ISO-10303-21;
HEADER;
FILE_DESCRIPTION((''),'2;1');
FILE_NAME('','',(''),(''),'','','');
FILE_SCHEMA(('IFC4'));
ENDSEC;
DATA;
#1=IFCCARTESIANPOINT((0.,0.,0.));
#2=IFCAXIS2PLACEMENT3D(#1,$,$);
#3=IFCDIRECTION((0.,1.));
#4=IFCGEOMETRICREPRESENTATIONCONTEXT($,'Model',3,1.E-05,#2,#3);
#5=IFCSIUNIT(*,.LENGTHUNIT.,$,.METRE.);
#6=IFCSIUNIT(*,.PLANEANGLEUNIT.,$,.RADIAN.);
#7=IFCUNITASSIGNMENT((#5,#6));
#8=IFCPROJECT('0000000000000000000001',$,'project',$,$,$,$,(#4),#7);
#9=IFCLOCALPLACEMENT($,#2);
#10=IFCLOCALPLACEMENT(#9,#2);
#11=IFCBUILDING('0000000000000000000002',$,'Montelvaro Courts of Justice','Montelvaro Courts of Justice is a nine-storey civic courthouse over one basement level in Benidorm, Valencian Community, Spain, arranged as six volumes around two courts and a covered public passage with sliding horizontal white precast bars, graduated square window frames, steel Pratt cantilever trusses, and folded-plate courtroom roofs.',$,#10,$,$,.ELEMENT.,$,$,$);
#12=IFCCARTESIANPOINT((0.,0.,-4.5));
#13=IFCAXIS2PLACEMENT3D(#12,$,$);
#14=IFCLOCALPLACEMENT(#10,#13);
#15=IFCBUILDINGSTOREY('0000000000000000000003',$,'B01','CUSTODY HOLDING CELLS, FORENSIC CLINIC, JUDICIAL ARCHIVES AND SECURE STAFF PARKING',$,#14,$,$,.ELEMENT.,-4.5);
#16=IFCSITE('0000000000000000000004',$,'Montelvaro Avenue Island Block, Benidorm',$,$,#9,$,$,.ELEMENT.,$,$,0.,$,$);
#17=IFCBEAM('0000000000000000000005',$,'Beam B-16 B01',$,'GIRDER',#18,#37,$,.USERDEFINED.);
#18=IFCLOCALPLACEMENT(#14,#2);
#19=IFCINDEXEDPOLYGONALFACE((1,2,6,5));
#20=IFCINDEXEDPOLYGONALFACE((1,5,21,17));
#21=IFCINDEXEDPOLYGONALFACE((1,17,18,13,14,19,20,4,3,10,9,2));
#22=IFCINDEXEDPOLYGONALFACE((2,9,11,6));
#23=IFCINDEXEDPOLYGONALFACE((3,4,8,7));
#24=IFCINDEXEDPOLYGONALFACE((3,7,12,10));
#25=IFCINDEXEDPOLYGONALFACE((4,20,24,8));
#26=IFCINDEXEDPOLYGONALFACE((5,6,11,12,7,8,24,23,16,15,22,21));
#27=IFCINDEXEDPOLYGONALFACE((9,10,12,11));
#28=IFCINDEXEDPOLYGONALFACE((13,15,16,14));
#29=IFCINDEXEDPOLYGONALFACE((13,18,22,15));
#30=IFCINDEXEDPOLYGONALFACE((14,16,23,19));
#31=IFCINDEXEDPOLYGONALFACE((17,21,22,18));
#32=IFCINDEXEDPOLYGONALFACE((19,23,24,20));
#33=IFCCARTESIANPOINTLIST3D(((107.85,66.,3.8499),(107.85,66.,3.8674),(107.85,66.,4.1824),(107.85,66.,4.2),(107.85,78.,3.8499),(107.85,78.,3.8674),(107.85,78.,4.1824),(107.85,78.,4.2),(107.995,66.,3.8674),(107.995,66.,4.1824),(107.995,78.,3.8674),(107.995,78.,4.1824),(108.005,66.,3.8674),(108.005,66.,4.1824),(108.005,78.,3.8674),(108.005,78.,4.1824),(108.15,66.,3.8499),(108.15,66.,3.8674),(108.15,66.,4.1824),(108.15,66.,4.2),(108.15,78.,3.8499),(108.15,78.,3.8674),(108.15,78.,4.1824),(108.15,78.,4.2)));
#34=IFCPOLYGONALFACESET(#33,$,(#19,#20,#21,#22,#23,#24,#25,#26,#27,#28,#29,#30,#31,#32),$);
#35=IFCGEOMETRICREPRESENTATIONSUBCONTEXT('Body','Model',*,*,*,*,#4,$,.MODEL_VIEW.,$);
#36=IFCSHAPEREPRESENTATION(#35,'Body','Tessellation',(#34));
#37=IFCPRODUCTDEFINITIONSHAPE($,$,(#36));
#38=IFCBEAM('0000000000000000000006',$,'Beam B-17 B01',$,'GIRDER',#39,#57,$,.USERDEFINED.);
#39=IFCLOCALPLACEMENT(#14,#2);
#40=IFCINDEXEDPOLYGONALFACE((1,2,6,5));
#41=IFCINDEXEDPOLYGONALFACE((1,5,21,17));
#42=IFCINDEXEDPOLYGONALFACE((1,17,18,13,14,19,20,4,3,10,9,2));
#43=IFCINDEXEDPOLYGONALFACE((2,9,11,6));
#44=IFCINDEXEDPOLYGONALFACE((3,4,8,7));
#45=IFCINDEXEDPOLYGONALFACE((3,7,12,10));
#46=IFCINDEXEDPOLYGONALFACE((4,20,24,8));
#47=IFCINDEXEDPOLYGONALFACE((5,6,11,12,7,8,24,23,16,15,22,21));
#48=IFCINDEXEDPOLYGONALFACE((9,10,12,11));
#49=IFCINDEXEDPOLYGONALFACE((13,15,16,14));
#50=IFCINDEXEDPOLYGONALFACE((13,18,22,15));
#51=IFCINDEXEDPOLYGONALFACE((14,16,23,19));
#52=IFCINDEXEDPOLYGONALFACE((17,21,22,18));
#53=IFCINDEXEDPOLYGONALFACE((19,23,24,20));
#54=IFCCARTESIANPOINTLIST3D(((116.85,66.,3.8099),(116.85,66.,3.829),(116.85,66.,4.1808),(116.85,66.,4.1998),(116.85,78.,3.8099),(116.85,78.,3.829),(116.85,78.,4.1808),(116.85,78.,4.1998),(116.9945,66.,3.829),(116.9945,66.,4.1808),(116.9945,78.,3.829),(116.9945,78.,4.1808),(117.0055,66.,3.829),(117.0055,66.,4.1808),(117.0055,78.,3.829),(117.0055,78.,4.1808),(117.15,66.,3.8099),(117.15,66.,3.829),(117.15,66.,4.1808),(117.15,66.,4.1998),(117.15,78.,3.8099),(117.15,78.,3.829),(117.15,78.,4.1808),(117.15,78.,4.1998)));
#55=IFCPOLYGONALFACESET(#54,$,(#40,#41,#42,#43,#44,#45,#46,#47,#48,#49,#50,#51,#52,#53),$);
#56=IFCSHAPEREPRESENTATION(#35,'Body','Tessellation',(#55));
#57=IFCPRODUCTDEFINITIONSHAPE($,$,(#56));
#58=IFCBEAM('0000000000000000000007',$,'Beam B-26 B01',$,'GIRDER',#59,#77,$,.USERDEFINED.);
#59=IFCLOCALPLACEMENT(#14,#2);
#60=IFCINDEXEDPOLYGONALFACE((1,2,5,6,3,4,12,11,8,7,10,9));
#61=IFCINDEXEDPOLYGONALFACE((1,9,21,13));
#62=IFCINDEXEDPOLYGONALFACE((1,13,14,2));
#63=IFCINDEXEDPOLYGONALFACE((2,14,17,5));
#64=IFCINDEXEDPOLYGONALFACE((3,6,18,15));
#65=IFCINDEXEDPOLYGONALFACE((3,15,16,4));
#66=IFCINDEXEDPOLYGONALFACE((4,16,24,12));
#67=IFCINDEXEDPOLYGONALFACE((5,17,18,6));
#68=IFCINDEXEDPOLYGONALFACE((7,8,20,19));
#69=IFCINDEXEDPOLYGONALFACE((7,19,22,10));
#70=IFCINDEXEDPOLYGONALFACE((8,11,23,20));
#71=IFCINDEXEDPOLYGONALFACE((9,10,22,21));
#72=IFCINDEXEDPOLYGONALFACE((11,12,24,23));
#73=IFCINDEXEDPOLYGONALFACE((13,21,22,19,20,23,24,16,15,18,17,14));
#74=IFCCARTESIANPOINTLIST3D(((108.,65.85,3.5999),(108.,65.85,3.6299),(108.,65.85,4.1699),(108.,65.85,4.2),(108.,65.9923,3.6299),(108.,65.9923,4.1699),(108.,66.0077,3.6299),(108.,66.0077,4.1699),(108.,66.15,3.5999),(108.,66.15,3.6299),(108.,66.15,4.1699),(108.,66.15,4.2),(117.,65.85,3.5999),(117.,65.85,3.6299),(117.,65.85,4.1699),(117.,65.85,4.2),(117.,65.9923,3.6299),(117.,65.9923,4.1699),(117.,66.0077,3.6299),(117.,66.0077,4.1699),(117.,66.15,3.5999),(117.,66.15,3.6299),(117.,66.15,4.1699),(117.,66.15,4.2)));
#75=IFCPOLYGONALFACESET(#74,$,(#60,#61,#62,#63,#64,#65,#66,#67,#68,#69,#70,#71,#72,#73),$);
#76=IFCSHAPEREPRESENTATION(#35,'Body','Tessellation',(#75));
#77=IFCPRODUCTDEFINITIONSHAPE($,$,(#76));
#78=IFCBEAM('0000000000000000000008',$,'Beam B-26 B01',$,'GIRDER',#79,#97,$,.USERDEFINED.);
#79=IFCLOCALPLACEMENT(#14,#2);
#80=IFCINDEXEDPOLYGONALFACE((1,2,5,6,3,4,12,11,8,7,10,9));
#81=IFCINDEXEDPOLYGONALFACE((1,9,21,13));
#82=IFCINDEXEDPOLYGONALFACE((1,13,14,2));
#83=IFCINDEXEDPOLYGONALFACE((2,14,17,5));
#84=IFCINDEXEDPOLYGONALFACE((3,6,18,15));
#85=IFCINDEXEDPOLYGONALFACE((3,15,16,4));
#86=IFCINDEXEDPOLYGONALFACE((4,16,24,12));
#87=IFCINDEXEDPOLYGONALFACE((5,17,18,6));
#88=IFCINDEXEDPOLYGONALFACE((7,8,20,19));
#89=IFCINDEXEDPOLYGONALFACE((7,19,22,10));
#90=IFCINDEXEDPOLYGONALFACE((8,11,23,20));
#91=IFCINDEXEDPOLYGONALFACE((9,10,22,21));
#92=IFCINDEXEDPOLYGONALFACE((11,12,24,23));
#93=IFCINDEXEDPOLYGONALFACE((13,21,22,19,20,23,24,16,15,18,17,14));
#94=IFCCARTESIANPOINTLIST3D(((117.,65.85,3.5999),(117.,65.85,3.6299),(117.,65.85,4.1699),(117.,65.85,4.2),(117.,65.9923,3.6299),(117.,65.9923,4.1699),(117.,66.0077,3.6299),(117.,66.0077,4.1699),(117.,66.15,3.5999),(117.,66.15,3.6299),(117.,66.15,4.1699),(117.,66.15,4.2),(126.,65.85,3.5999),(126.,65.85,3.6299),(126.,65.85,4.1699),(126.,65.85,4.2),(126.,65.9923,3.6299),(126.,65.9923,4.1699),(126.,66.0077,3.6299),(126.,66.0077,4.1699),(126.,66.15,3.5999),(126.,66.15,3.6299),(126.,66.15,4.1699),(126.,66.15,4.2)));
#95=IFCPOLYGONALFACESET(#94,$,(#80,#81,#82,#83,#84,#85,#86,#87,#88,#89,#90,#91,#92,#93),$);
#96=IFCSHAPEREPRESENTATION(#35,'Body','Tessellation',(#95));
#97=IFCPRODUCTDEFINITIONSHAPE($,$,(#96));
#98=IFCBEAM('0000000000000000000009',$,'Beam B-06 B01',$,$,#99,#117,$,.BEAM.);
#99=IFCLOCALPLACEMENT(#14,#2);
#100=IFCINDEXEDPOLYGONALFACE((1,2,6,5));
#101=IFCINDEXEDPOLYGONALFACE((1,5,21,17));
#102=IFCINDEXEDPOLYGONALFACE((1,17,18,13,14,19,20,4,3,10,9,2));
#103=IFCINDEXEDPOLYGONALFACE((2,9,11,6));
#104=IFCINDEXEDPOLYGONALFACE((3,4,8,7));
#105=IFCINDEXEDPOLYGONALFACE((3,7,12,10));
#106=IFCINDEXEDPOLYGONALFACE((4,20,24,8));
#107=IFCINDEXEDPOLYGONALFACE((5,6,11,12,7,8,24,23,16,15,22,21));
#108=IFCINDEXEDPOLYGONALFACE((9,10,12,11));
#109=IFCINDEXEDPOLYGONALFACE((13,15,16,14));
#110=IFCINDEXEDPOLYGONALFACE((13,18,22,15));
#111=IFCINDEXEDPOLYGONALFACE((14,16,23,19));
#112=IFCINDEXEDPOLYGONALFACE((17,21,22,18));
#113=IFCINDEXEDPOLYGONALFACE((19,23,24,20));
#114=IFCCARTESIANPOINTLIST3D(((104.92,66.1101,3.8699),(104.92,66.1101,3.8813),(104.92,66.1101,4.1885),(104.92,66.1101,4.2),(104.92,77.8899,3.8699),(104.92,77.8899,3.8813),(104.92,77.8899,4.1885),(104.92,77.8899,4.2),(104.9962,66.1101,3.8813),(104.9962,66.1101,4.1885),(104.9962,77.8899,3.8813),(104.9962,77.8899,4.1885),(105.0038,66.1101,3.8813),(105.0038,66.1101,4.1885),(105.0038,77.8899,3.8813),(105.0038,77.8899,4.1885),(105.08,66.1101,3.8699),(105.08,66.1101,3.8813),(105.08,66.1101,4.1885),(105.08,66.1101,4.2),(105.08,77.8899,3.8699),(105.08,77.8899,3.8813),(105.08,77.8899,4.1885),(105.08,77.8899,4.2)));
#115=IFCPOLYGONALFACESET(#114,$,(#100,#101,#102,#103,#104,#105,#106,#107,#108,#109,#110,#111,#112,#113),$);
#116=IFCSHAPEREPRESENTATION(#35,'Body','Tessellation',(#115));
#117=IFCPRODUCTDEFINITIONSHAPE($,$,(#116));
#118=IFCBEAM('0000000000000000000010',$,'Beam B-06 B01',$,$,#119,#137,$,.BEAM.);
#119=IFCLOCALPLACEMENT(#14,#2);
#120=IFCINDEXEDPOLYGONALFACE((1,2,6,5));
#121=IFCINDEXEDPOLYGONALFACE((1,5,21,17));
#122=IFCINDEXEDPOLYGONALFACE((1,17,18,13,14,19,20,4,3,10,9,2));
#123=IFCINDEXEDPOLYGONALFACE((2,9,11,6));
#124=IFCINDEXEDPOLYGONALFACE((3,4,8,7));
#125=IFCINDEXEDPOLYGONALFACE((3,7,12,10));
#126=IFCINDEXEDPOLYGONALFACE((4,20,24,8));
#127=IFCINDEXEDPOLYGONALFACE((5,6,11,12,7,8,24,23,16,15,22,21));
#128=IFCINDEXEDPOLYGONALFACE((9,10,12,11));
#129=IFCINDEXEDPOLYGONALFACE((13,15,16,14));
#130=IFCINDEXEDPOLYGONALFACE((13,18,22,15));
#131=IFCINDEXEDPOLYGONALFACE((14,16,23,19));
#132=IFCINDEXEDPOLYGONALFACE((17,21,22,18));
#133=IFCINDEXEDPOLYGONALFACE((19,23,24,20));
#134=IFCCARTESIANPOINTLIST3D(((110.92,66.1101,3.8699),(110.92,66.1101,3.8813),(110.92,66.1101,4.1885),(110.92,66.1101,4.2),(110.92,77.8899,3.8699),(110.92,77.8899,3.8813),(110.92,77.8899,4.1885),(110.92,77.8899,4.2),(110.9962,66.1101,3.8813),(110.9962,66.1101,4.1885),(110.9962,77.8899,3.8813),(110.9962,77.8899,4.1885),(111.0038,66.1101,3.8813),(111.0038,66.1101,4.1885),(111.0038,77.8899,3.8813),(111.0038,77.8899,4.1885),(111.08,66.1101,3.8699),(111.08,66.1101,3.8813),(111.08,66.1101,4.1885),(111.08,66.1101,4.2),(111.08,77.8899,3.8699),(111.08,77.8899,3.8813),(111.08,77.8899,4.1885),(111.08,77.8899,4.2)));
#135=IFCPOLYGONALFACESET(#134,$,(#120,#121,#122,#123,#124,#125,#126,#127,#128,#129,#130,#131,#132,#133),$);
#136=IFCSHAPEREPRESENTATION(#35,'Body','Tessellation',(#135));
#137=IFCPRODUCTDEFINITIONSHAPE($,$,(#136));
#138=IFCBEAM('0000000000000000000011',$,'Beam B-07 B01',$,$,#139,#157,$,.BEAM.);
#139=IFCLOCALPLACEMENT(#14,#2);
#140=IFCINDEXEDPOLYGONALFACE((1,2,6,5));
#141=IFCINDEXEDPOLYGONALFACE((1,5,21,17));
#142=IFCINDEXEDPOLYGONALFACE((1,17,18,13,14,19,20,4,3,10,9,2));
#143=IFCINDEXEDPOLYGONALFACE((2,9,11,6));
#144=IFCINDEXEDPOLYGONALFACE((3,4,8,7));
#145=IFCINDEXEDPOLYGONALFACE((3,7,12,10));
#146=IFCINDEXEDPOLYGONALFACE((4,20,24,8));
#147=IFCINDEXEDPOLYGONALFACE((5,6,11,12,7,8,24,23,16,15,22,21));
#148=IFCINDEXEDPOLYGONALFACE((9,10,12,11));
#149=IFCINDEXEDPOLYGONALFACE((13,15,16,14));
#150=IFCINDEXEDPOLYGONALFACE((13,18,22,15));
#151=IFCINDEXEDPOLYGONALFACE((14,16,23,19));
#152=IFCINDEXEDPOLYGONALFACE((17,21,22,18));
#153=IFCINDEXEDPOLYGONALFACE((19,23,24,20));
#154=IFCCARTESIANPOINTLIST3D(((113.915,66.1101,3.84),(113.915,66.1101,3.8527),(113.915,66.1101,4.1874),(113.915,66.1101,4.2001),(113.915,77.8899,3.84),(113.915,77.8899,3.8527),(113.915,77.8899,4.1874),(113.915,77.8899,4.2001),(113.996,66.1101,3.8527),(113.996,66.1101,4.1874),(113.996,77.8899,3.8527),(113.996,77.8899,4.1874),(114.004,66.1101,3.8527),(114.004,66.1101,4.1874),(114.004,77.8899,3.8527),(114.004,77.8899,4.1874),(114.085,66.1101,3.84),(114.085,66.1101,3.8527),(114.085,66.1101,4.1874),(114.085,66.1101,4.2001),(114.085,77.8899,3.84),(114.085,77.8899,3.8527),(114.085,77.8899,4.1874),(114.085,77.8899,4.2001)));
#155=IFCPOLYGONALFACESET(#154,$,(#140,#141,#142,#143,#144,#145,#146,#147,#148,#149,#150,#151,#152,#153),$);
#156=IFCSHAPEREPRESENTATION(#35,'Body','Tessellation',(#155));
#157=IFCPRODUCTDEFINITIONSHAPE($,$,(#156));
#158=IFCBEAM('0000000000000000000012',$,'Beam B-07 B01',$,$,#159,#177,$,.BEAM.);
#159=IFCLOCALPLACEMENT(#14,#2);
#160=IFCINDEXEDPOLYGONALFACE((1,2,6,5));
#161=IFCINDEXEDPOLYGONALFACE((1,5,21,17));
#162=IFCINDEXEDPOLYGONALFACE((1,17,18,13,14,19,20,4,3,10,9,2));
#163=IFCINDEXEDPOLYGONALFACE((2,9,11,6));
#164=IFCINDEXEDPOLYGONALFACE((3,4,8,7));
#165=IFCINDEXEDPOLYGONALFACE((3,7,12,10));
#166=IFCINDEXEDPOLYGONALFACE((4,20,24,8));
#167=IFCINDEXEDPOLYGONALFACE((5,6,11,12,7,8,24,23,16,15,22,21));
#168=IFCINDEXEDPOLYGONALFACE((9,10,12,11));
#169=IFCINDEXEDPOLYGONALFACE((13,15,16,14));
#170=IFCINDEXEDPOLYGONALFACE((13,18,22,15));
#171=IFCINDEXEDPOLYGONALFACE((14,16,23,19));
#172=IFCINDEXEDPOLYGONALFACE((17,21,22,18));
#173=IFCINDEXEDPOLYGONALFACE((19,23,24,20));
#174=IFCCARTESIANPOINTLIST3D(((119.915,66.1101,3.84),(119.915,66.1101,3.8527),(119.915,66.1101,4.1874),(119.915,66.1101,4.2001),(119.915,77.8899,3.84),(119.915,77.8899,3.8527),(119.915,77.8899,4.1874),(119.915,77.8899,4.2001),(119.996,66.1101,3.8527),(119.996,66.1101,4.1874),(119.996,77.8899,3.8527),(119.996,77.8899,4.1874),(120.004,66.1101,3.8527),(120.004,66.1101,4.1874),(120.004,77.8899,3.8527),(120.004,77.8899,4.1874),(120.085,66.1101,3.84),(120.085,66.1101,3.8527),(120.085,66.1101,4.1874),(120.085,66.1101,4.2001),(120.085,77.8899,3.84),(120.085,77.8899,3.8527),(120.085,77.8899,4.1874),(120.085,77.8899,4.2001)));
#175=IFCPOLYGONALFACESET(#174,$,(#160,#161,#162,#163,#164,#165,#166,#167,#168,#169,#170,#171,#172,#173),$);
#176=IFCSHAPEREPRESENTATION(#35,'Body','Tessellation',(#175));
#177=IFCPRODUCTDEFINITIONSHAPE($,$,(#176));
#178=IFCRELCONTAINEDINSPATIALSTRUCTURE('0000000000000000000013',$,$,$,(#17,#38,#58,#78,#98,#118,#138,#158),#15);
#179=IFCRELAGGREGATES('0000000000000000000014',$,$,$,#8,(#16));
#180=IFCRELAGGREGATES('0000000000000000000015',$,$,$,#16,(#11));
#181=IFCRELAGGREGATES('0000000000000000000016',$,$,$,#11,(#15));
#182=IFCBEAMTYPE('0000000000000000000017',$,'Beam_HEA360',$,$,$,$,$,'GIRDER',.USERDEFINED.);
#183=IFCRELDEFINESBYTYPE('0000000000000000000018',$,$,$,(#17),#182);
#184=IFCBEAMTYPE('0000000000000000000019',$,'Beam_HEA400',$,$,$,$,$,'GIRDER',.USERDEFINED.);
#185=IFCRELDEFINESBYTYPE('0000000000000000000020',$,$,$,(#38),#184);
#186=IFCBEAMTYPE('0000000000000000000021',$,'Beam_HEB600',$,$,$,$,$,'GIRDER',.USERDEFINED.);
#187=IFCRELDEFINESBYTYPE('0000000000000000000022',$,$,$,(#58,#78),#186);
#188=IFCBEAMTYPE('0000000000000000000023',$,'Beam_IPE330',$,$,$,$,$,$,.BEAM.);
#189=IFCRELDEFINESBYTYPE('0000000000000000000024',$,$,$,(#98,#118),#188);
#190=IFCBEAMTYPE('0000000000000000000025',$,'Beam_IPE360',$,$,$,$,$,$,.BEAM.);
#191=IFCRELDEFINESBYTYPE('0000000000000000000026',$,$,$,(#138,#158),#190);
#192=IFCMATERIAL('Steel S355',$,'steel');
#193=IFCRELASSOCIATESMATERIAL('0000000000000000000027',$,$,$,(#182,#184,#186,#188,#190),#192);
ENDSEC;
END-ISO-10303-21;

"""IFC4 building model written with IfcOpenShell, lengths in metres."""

from ifc_helpers import new_model, si_unit, direction, frame, origin, origin_2d, place, context, subcontext, project, spatial, i_section, extrude, material, material_profile, profile_set, type_object, element, save


model = new_model("IFC4")

# Units and contexts
model_context = context("Model", 3, precision=1e-05, world=origin(), true_north=direction((0.0, 1.0)))
body_context = subcontext(model_context, "Body", "Model", "MODEL_VIEW")
ifc_project = project(units=[si_unit("LENGTHUNIT", "METRE"), si_unit("PLANEANGLEUNIT", "RADIAN")], contexts=[model_context])

# Site, building, storey
site_placement = place(None, origin())
site = spatial("IfcSite", under=ifc_project, at=site_placement, Name="Montelvaro Avenue Island Block, Benidorm", CompositionType="ELEMENT", RefElevation=0.0)
building_placement = place(site_placement, origin())
building = spatial("IfcBuilding", under=site, at=building_placement, Name="Montelvaro Courts of Justice", Description="Montelvaro Courts of Justice is a nine-storey civic courthouse over one basement level in Benidorm, Valencian Community, Spain, arranged as six volumes around two courts and a covered public passage with sliding horizontal white precast bars, graduated square window frames, steel Pratt cantilever trusses, and folded-plate courtroom roofs.", CompositionType="ELEMENT")
storey_placement = place(building_placement, frame((0.0, 0.0, -4.5)))
storey = spatial("IfcBuildingStorey", under=building, at=storey_placement, Name="B01", Description="CUSTODY HOLDING CELLS, FORENSIC CLINIC, JUDICIAL ARCHIVES AND SECURE STAFF PARKING", CompositionType="ELEMENT", Elevation=-4.5)

# Beams
ifc_material_1 = material(Name="Steel S355", Category="steel")
ifc_material_profile_1 = material_profile(ifc_material_1, i_section(OverallWidth=0.3, OverallDepth=0.3501, WebThickness=0.01, FlangeThickness=0.0176, at=origin_2d()), Name="HEA 360")
ifc_profile_set_1 = profile_set([ifc_material_profile_1], Name="Steel S355")
beam_type_1 = type_object("IfcBeamType", Name="Beam_HEA360", ElementType="GIRDER", PredefinedType="USERDEFINED", material=ifc_profile_set_1)
beam_1_placement = place(storey_placement, frame((108.0, 66.0, 4.0249), z_axis=(0.0, 1.0, 0.0), x_axis=(-1.0, 0.0, 0.0)))
element("IfcBeam", 1, at=beam_1_placement, inside=storey, type_object=beam_type_1, Name="Beam B-16 B01", ObjectType="GIRDER", PredefinedType="USERDEFINED", context=body_context, shape_type="SweptSolid", body=[
    extrude(i_section(OverallWidth=0.3, OverallDepth=0.3501, WebThickness=0.01, FlangeThickness=0.0176, at=origin_2d()), origin(), (0.0, 0.0, 1.0), 12.0),
])
ifc_material_profile_2 = material_profile(ifc_material_1, i_section(OverallWidth=0.3, OverallDepth=0.3899, WebThickness=0.011, FlangeThickness=0.019, at=origin_2d()), Name="HEA 400")
ifc_profile_set_2 = profile_set([ifc_material_profile_2], Name="Steel S355")
beam_type_2 = type_object("IfcBeamType", Name="Beam_HEA400", ElementType="GIRDER", PredefinedType="USERDEFINED", material=ifc_profile_set_2)
beam_2_placement = place(storey_placement, frame((117.0, 66.0, 4.0049), z_axis=(0.0, 1.0, 0.0), x_axis=(-1.0, 0.0, 0.0)))
element("IfcBeam", 2, at=beam_2_placement, inside=storey, type_object=beam_type_2, Name="Beam B-17 B01", ObjectType="GIRDER", PredefinedType="USERDEFINED", context=body_context, shape_type="SweptSolid", body=[
    extrude(i_section(OverallWidth=0.3, OverallDepth=0.3899, WebThickness=0.011, FlangeThickness=0.019, at=origin_2d()), origin(), (0.0, 0.0, 1.0), 12.0),
])
ifc_material_profile_3 = material_profile(ifc_material_1, i_section(OverallWidth=0.3, OverallDepth=0.6001, WebThickness=0.0154, FlangeThickness=0.03, at=origin_2d()), Name="HEB 600")
ifc_profile_set_3 = profile_set([ifc_material_profile_3], Name="Steel S355")
beam_type_3 = type_object("IfcBeamType", Name="Beam_HEB600", ElementType="GIRDER", PredefinedType="USERDEFINED", material=ifc_profile_set_3)
for number, where, z_axis, x_axis, name in (
    (3, (108.0, 66.0, 3.8999), (1.0, 0.0, 0.0), (0.0, 1.0, 0.0), "Beam B-26 B01"),
    (4, (117.0, 66.0, 3.8999), (1.0, 0.0, 0.0), (0.0, 1.0, 0.0), "Beam B-26 B01"),
):
    element("IfcBeam", number, at=place(storey_placement, frame(where, z_axis=z_axis, x_axis=x_axis)), inside=storey, type_object=beam_type_3, Name=name, ObjectType="GIRDER", PredefinedType="USERDEFINED", context=body_context, shape_type="SweptSolid", body=[
        extrude(i_section(OverallWidth=0.3, OverallDepth=0.6001, WebThickness=0.0154, FlangeThickness=0.03, at=origin_2d()), origin(), (0.0, 0.0, 1.0), 9.0),
    ])
ifc_material_profile_4 = material_profile(ifc_material_1, i_section(OverallWidth=0.1599, OverallDepth=0.3301, WebThickness=0.0076, FlangeThickness=0.0115, at=origin_2d()), Name="IPE 330")
ifc_profile_set_4 = profile_set([ifc_material_profile_4], Name="Steel S355")
beam_type_4 = type_object("IfcBeamType", Name="Beam_IPE330", PredefinedType="BEAM", material=ifc_profile_set_4)
for number, where, z_axis, x_axis, name in (
    (5, (105.0, 66.1101, 4.0349), (0.0, 1.0, 0.0), (-1.0, 0.0, 0.0), "Beam B-06 B01"),
    (6, (111.0, 66.1101, 4.0349), (0.0, 1.0, 0.0), (-1.0, 0.0, 0.0), "Beam B-06 B01"),
):
    element("IfcBeam", number, at=place(storey_placement, frame(where, z_axis=z_axis, x_axis=x_axis)), inside=storey, type_object=beam_type_4, Name=name, PredefinedType="BEAM", context=body_context, shape_type="SweptSolid", body=[
        extrude(i_section(OverallWidth=0.1599, OverallDepth=0.3301, WebThickness=0.0076, FlangeThickness=0.0115, at=origin_2d()), origin(), (0.0, 0.0, 1.0), 11.7798),
    ])
ifc_material_profile_5 = material_profile(ifc_material_1, i_section(OverallWidth=0.1699, OverallDepth=0.3601, WebThickness=0.0081, FlangeThickness=0.0127, at=origin_2d()), Name="IPE 360")
ifc_profile_set_5 = profile_set([ifc_material_profile_5], Name="Steel S355")
beam_type_5 = type_object("IfcBeamType", Name="Beam_IPE360", PredefinedType="BEAM", material=ifc_profile_set_5)
for number, where, z_axis, x_axis, name in (
    (7, (114.0, 66.1101, 4.02), (0.0, 1.0, 0.0), (-1.0, 0.0, 0.0), "Beam B-07 B01"),
    (8, (120.0, 66.1101, 4.02), (0.0, 1.0, 0.0), (-1.0, 0.0, 0.0), "Beam B-07 B01"),
):
    element("IfcBeam", number, at=place(storey_placement, frame(where, z_axis=z_axis, x_axis=x_axis)), inside=storey, type_object=beam_type_5, Name=name, PredefinedType="BEAM", context=body_context, shape_type="SweptSolid", body=[
        extrude(i_section(OverallWidth=0.1699, OverallDepth=0.3601, WebThickness=0.0081, FlangeThickness=0.0127, at=origin_2d()), origin(), (0.0, 0.0, 1.0), 11.7798),
    ])

save(model, "model.ifc")
